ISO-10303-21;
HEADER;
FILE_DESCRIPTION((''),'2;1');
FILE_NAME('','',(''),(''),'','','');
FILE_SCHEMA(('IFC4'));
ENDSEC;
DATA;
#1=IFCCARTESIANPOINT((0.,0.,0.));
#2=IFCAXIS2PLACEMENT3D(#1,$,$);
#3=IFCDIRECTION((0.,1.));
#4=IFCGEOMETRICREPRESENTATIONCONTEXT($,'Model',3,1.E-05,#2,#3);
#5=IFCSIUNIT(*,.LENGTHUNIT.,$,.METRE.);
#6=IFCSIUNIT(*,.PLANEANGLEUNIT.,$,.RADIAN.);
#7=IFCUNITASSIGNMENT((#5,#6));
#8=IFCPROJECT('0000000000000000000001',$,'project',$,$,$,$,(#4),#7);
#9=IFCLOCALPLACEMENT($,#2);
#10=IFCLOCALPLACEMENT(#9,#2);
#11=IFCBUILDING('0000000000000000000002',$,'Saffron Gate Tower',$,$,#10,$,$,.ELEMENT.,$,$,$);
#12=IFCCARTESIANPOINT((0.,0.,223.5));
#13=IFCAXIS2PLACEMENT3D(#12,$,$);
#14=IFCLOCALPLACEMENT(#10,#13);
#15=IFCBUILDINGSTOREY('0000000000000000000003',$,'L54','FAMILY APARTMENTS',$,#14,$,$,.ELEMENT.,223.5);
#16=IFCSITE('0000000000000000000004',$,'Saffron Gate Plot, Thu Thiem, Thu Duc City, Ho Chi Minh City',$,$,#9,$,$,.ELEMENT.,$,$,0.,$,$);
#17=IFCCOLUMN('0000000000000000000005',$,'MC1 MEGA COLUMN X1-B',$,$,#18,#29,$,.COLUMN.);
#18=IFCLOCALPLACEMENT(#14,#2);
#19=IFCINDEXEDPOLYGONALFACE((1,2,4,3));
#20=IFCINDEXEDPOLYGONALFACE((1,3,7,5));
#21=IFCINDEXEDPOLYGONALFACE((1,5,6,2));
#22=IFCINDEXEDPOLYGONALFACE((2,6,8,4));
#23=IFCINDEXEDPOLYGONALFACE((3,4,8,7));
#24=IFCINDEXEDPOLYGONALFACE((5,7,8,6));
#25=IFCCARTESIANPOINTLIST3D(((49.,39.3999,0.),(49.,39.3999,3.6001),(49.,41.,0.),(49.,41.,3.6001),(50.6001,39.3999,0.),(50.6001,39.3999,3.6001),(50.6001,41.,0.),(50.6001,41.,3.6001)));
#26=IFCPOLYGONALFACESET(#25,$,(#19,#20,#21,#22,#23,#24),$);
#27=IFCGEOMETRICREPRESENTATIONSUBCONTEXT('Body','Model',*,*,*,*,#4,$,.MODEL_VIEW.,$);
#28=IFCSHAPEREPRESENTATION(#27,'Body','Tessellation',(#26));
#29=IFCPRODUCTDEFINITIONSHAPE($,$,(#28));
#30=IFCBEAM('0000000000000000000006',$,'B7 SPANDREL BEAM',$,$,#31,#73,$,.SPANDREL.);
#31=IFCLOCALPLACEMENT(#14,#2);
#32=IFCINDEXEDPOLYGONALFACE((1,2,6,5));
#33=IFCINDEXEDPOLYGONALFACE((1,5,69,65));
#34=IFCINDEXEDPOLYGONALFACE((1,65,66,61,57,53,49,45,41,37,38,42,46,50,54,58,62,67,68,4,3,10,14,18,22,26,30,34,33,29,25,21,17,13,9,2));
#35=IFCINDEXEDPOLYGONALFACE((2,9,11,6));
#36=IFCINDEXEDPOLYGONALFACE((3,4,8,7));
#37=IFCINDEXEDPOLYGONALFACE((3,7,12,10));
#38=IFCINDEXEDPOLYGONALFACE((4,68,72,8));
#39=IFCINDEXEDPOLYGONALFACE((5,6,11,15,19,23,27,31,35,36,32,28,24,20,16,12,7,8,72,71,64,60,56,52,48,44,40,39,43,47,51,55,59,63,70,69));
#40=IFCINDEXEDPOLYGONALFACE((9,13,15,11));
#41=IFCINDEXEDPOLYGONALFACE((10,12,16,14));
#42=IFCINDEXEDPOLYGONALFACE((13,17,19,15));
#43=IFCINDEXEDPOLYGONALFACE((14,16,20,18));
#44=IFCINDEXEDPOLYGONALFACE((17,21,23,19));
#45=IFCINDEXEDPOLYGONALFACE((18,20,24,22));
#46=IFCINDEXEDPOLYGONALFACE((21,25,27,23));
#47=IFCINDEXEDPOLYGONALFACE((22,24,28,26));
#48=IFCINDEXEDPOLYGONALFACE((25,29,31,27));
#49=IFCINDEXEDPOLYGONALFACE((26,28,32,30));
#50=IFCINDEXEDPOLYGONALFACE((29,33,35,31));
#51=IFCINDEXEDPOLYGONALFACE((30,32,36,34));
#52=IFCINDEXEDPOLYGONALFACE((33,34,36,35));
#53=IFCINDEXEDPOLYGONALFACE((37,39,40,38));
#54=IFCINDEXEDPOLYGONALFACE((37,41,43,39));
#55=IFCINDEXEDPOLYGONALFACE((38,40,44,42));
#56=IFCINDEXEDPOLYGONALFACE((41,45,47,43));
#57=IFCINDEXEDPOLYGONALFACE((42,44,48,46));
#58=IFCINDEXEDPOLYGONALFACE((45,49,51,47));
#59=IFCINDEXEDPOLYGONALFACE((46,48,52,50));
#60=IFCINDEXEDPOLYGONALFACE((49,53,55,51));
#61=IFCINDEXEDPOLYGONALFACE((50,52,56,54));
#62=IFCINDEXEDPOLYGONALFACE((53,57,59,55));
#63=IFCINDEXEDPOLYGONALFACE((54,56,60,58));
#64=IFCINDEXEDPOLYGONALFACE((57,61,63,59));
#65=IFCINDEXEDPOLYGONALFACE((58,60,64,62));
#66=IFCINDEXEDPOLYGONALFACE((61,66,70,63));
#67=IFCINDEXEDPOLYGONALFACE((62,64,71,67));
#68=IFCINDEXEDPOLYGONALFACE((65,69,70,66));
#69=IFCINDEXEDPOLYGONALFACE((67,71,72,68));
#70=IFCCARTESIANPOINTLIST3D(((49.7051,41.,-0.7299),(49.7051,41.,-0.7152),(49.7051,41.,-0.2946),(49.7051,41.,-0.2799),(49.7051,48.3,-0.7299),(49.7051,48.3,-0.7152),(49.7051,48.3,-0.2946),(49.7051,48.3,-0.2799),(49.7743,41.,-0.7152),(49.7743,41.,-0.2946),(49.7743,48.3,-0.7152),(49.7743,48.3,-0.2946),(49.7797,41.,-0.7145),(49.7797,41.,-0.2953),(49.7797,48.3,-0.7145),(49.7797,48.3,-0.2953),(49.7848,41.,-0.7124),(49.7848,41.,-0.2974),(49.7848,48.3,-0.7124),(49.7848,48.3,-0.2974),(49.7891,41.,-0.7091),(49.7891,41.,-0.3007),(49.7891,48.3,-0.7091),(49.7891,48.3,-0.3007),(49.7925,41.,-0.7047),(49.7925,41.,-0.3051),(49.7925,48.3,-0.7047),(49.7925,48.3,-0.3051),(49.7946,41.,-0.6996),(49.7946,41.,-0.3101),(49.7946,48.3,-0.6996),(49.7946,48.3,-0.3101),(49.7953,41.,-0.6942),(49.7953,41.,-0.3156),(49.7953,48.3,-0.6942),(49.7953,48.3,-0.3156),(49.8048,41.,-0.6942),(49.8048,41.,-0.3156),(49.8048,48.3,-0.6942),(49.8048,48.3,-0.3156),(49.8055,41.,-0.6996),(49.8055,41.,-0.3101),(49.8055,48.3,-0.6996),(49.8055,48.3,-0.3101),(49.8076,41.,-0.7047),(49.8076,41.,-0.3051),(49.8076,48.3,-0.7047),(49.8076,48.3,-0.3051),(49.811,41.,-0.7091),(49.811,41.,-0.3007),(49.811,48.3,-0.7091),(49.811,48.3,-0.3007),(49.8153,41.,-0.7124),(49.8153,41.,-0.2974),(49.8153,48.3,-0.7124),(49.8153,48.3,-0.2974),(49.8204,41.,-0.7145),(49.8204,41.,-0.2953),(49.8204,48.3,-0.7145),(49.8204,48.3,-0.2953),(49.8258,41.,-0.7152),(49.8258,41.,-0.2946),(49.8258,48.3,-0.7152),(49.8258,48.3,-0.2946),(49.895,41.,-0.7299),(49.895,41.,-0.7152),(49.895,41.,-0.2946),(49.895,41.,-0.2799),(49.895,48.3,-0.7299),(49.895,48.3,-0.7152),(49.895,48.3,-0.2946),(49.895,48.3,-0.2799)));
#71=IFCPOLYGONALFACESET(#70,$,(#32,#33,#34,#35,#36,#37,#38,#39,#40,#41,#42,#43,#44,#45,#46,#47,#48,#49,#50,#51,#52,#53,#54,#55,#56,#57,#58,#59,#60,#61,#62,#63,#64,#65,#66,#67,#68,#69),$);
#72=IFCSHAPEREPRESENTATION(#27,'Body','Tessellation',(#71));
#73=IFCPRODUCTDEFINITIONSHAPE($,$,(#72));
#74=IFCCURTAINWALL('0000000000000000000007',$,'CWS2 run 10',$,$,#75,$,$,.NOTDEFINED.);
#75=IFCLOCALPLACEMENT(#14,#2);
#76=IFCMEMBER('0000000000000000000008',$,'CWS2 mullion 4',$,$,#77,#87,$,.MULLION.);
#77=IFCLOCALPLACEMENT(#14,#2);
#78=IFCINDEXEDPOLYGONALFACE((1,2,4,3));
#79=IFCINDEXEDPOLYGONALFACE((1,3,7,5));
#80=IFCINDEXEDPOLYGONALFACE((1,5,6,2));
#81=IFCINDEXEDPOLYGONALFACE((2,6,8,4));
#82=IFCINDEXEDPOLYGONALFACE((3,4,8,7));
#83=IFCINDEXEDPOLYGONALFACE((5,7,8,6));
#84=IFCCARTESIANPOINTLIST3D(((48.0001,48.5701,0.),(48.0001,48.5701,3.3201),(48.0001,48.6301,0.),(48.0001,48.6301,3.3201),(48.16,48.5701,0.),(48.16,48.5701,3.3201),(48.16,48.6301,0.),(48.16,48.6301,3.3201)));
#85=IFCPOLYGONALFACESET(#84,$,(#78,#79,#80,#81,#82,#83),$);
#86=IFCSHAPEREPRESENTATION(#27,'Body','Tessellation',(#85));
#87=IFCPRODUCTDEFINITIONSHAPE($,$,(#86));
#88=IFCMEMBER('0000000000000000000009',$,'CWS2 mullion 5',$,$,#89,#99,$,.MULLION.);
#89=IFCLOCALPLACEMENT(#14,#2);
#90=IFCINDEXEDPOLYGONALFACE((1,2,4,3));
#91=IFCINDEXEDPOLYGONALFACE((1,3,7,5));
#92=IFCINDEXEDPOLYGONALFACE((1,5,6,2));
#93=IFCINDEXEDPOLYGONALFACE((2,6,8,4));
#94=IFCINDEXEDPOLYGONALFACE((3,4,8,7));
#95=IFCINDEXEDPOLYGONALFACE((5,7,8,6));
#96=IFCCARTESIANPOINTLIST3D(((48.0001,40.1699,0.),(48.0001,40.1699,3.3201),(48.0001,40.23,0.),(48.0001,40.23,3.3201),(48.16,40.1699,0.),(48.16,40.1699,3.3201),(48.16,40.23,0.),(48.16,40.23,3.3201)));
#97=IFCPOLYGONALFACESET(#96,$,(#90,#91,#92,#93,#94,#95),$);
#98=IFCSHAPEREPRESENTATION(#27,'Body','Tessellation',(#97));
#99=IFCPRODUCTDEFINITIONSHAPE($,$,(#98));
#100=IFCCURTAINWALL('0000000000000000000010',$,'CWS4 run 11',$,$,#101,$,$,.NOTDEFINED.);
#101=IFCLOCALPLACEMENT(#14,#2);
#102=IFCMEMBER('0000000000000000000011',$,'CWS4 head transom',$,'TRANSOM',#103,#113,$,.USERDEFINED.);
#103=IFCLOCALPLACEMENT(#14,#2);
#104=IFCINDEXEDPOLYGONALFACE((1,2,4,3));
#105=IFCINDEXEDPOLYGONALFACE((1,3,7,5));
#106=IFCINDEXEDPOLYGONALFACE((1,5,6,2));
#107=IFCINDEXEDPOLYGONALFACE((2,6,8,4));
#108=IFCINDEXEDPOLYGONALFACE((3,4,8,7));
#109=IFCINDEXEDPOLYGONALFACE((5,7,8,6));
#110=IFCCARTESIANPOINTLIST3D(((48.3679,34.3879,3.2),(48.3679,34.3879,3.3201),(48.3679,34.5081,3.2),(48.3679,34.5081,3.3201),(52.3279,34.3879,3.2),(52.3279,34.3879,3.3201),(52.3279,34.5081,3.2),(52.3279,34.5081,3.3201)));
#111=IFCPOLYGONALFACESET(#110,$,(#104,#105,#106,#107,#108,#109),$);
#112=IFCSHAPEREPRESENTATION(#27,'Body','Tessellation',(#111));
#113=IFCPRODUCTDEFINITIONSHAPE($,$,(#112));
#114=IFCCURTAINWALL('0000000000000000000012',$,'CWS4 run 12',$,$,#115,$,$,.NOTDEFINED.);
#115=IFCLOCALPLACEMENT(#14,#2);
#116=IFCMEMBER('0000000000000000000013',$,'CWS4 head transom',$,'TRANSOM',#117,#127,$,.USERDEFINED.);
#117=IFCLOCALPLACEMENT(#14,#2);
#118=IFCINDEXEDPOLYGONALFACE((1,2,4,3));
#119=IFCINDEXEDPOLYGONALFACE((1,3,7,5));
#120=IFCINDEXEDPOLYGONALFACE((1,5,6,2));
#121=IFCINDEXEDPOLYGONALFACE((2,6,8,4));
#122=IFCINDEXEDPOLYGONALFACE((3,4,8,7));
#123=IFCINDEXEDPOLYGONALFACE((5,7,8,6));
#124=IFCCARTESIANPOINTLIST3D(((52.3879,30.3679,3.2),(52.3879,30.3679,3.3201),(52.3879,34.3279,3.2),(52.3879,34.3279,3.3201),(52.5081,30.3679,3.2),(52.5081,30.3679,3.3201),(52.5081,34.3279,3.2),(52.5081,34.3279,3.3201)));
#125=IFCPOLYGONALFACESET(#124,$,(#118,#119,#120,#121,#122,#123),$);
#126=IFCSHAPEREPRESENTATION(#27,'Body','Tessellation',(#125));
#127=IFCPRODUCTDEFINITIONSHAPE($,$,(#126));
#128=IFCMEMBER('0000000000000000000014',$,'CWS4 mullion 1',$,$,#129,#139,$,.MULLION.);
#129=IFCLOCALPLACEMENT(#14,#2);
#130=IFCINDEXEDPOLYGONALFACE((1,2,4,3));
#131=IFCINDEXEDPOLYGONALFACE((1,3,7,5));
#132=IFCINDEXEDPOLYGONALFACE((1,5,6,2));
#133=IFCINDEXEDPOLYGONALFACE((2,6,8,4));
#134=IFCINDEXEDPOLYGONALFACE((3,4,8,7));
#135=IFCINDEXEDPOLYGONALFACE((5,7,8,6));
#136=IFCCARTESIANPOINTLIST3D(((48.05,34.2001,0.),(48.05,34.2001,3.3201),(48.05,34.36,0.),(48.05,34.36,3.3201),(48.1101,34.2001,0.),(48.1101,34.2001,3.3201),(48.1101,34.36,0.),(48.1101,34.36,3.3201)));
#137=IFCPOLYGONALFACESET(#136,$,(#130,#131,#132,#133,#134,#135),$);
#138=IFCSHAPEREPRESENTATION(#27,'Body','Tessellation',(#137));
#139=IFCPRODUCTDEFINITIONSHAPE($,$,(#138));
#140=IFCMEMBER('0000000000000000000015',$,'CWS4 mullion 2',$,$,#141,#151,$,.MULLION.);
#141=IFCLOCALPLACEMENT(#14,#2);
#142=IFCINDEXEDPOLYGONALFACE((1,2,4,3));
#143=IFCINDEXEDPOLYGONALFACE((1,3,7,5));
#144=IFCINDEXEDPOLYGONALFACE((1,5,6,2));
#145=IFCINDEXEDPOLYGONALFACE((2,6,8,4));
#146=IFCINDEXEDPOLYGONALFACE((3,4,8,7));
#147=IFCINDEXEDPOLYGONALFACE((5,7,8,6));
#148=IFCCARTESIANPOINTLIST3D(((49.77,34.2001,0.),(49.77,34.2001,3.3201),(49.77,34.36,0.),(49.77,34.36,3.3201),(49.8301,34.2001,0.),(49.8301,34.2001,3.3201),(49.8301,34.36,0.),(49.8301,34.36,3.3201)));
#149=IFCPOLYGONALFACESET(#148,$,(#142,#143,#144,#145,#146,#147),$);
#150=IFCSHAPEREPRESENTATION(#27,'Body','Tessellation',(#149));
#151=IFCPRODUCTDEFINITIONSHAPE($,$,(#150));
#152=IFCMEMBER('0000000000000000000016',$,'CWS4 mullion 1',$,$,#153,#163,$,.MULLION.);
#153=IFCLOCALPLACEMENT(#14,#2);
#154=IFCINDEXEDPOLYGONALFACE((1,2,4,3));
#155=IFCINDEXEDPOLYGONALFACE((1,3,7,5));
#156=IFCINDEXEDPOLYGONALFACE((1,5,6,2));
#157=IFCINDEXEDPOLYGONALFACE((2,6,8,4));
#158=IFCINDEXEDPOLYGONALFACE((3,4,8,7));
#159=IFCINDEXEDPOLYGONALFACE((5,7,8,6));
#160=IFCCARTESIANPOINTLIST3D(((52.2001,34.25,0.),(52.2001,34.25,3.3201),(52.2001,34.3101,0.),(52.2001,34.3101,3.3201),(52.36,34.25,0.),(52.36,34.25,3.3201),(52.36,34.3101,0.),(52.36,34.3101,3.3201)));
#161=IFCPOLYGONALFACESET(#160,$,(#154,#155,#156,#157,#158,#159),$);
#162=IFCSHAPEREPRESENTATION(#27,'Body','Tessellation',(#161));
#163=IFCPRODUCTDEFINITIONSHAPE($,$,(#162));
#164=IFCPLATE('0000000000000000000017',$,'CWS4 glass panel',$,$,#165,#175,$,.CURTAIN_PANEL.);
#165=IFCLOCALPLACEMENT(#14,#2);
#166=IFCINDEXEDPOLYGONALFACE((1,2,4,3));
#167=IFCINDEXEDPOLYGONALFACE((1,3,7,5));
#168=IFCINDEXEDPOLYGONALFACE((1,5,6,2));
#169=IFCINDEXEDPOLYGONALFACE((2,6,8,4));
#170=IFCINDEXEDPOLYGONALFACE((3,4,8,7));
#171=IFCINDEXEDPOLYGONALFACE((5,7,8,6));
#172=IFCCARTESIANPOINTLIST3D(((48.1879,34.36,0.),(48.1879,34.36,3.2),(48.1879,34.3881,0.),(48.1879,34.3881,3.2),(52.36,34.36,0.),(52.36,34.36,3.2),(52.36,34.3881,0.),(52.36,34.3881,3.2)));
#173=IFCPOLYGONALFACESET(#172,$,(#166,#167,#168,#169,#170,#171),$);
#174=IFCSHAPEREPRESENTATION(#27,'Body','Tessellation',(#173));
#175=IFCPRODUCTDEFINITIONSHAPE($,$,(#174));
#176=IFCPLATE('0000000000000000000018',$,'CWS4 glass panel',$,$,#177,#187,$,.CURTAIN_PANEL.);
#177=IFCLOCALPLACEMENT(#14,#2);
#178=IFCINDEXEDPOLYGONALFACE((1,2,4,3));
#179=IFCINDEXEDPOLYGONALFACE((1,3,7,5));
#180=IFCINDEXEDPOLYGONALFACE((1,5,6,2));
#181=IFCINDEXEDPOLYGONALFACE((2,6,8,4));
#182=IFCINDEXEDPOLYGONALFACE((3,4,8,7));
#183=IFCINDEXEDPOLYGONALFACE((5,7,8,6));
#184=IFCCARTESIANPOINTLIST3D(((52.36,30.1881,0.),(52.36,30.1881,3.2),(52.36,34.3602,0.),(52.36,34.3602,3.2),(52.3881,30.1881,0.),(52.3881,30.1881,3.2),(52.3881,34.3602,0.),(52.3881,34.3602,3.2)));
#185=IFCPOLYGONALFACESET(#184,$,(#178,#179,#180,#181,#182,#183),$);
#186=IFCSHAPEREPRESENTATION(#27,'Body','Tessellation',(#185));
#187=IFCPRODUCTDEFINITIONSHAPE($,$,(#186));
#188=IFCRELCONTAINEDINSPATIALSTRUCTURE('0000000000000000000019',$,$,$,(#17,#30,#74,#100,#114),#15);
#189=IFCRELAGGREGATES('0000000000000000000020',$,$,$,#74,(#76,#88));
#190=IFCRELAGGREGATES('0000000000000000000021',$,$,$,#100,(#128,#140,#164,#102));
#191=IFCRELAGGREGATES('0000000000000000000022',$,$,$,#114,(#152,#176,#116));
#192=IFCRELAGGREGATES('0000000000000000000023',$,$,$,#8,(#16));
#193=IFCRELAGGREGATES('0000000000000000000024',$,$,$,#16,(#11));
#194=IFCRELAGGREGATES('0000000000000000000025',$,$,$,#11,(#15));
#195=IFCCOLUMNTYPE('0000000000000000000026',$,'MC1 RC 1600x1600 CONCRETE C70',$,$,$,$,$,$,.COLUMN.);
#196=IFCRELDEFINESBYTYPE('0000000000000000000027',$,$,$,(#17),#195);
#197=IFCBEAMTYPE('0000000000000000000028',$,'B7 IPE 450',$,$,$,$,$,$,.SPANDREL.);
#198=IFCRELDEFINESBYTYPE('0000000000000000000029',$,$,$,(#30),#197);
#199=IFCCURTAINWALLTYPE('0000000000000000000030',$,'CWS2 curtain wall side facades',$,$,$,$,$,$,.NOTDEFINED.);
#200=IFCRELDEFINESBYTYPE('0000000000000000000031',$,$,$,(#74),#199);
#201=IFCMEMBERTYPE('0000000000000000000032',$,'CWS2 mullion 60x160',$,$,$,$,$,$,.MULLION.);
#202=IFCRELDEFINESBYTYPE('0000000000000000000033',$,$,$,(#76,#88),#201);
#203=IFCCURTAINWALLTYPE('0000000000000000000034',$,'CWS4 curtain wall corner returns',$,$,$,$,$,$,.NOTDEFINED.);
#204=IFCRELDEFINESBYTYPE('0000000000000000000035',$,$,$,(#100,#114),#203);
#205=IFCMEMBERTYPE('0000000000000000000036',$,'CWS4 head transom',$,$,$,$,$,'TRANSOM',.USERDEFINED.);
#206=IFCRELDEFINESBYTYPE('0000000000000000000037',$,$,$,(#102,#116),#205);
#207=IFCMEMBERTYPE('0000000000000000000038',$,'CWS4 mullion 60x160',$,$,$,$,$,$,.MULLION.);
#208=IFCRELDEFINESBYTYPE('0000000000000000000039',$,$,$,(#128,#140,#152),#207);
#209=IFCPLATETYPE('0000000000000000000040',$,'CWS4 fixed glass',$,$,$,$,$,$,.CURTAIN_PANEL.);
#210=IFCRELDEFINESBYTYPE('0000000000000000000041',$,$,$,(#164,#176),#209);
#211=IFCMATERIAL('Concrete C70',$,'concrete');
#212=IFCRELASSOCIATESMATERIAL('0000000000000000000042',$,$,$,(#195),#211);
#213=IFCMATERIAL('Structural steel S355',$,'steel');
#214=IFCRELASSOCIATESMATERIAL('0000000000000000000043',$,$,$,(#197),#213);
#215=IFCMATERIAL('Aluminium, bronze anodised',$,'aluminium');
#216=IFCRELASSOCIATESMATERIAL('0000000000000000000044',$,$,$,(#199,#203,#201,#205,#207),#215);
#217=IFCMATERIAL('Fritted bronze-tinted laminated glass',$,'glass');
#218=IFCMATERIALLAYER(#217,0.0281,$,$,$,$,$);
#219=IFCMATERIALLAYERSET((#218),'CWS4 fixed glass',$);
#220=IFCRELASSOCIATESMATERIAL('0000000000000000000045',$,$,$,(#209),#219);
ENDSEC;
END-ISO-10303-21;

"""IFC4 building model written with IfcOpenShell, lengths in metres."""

from ifc_helpers import new_model, si_unit, direction, frame, frame_2d, origin, origin_2d, place, context, subcontext, project, spatial, rectangle, i_section, extrude, material, layer, layer_set, material_profile, profile_set, type_object, element, aggregate, save


model = new_model("IFC4")

# Units and contexts
model_context = context("Model", 3, precision=1e-05, world=origin(), true_north=direction((0.0, 1.0)))
body_context = subcontext(model_context, "Body", "Model", "MODEL_VIEW")
ifc_project = project(units=[si_unit("LENGTHUNIT", "METRE"), si_unit("PLANEANGLEUNIT", "RADIAN")], contexts=[model_context])

# Site, building, storey
site_placement = place(None, origin())
site = spatial("IfcSite", under=ifc_project, at=site_placement, Name="Saffron Gate Plot, Thu Thiem, Thu Duc City, Ho Chi Minh City", CompositionType="ELEMENT", RefElevation=0.0)
building_placement = place(site_placement, origin())
building = spatial("IfcBuilding", under=site, at=building_placement, Name="Saffron Gate Tower", CompositionType="ELEMENT")
storey_placement = place(building_placement, frame((0.0, 0.0, 223.5)))
storey = spatial("IfcBuildingStorey", under=building, at=storey_placement, Name="L54", Description="FAMILY APARTMENTS", CompositionType="ELEMENT", Elevation=223.5)

# Column
ifc_material_1 = material(Name="Concrete C70", Category="concrete")
ifc_material_profile_1 = material_profile(ifc_material_1, rectangle(XDim=1.6001, YDim=1.6001, at=origin_2d()))
ifc_profile_set_1 = profile_set([ifc_material_profile_1], Name="Concrete C70")
column_type = type_object("IfcColumnType", Name="MC1 RC 1600x1600 CONCRETE C70", PredefinedType="COLUMN", material=ifc_profile_set_1)
column_placement = place(storey_placement, frame((49.8, 40.2, 0.0), z_axis=(0.0, 0.0, 1.0), x_axis=(1.0, 0.0, 0.0)))
element("IfcColumn", 1, at=column_placement, inside=storey, type_object=column_type, Name="MC1 MEGA COLUMN X1-B", PredefinedType="COLUMN", context=body_context, shape_type="SweptSolid", body=[
    extrude(rectangle(XDim=1.6001, YDim=1.6001, at=origin_2d()), origin(), (0.0, 0.0, 1.0), 3.6001),
])

# Beam
ifc_material_2 = material(Name="Structural steel S355", Category="steel")
ifc_material_profile_2 = material_profile(ifc_material_2, i_section(OverallWidth=0.1899, OverallDepth=0.45, WebThickness=0.0095, FlangeThickness=0.0146, FilletRadius=0.021, at=origin_2d()))
ifc_profile_set_2 = profile_set([ifc_material_profile_2], Name="Structural steel S355")
beam_type = type_object("IfcBeamType", Name="B7 IPE 450", PredefinedType="SPANDREL", material=ifc_profile_set_2)
beam_placement = place(storey_placement, frame((49.8, 41.0, -0.5049), z_axis=(0.0, 1.0, 0.0), x_axis=(-1.0, 0.0, 0.0)))
element("IfcBeam", 2, at=beam_placement, inside=storey, type_object=beam_type, Name="B7 SPANDREL BEAM", PredefinedType="SPANDREL", context=body_context, shape_type="SweptSolid", body=[
    extrude(i_section(OverallWidth=0.1899, OverallDepth=0.45, WebThickness=0.0095, FlangeThickness=0.0146, FilletRadius=0.021, at=origin_2d()), origin(), (0.0, 0.0, 1.0), 7.3),
])

# Curtain wall, members
ifc_material_3 = material(Name="Aluminium, bronze anodised", Category="aluminium")
curtain_wall_type_1 = type_object("IfcCurtainWallType", Name="CWS2 curtain wall side facades", PredefinedType="NOTDEFINED", material=ifc_material_3)
curtain_wall_1_placement = place(storey_placement, origin())
curtain_wall_1 = element("IfcCurtainWall", 3, at=curtain_wall_1_placement, inside=storey, type_object=curtain_wall_type_1, Name="CWS2 run 10", PredefinedType="NOTDEFINED")
ifc_material_profile_3 = material_profile(ifc_material_3, rectangle(XDim=0.1599, YDim=0.0601, at=origin_2d()))
ifc_profile_set_3 = profile_set([ifc_material_profile_3], Name="Aluminium, bronze anodised")
member_type_1 = type_object("IfcMemberType", Name="CWS2 mullion 60x160", PredefinedType="MULLION", material=ifc_profile_set_3)
member_1_placement = place(storey_placement, frame((48.0801, 48.6001, 0.0), z_axis=(0.0, 0.0, 1.0), x_axis=(1.0, 0.0, 0.0)))
member_1 = element("IfcMember", 4, at=member_1_placement, type_object=member_type_1, Name="CWS2 mullion 4", PredefinedType="MULLION", context=body_context, shape_type="SweptSolid", body=[
    extrude(rectangle(XDim=0.1599, YDim=0.0601, at=origin_2d()), origin(), (0.0, 0.0, 1.0), 3.3201),
])
member_2_placement = place(storey_placement, frame((48.0801, 40.2, 0.0), z_axis=(0.0, 0.0, 1.0), x_axis=(1.0, 0.0, 0.0)))
member_2 = element("IfcMember", 5, at=member_2_placement, type_object=member_type_1, Name="CWS2 mullion 5", PredefinedType="MULLION", context=body_context, shape_type="SweptSolid", body=[
    extrude(rectangle(XDim=0.1599, YDim=0.0601, at=origin_2d()), origin(), (0.0, 0.0, 1.0), 3.3201),
])
aggregate(curtain_wall_1, [member_1, member_2])

# Curtain walls, members
curtain_wall_type_2 = type_object("IfcCurtainWallType", Name="CWS4 curtain wall corner returns", PredefinedType="NOTDEFINED", material=ifc_material_3)
curtain_wall_2_placement = place(storey_placement, origin())
curtain_wall_2 = element("IfcCurtainWall", 6, at=curtain_wall_2_placement, inside=storey, type_object=curtain_wall_type_2, Name="CWS4 run 11", PredefinedType="NOTDEFINED")
ifc_material_profile_4 = material_profile(ifc_material_3, rectangle(XDim=0.1201, YDim=0.1201, at=origin_2d()))
ifc_profile_set_4 = profile_set([ifc_material_profile_4], Name="Aluminium, bronze anodised")
member_type_2 = type_object("IfcMemberType", Name="CWS4 head transom", ElementType="TRANSOM", PredefinedType="USERDEFINED", material=ifc_profile_set_4)
member_3_placement = place(storey_placement, frame((48.3679, 34.448, 3.26), z_axis=(1.0, 0.0, 0.0), x_axis=(0.0, 1.0, 0.0)))
member_3 = element("IfcMember", 7, at=member_3_placement, type_object=member_type_2, Name="CWS4 head transom", ObjectType="TRANSOM", PredefinedType="USERDEFINED", context=body_context, shape_type="SweptSolid", body=[
    extrude(rectangle(XDim=0.1201, YDim=0.1201, at=origin_2d()), origin(), (0.0, 0.0, 1.0), 3.96),
])
curtain_wall_3_placement = place(storey_placement, origin())
curtain_wall_3 = element("IfcCurtainWall", 8, at=curtain_wall_3_placement, inside=storey, type_object=curtain_wall_type_2, Name="CWS4 run 12", PredefinedType="NOTDEFINED")
member_4_placement = place(storey_placement, frame((52.448, 34.3279, 3.26), z_axis=(0.0, -1.0, 0.0), x_axis=(1.0, 0.0, 0.0)))
member_4 = element("IfcMember", 9, at=member_4_placement, type_object=member_type_2, Name="CWS4 head transom", ObjectType="TRANSOM", PredefinedType="USERDEFINED", context=body_context, shape_type="SweptSolid", body=[
    extrude(rectangle(XDim=0.1201, YDim=0.1201, at=origin_2d()), origin(), (0.0, 0.0, 1.0), 3.96),
])

# Members
ifc_material_profile_5 = material_profile(ifc_material_3, rectangle(XDim=0.1599, YDim=0.0601, at=origin_2d()))
ifc_profile_set_5 = profile_set([ifc_material_profile_5], Name="Aluminium, bronze anodised")
member_type_3 = type_object("IfcMemberType", Name="CWS4 mullion 60x160", PredefinedType="MULLION", material=ifc_profile_set_5)
member_5_placement = place(storey_placement, frame((48.0801, 34.28, 0.0), z_axis=(0.0, 0.0, 1.0), x_axis=(0.0, 1.0, 0.0)))
member_5 = element("IfcMember", 10, at=member_5_placement, type_object=member_type_3, Name="CWS4 mullion 1", PredefinedType="MULLION", context=body_context, shape_type="SweptSolid", body=[
    extrude(rectangle(XDim=0.1599, YDim=0.0601, at=origin_2d()), origin(), (0.0, 0.0, 1.0), 3.3201),
])
member_6_placement = place(storey_placement, frame((49.8, 34.28, 0.0), z_axis=(0.0, 0.0, 1.0), x_axis=(0.0, 1.0, 0.0)))
member_6 = element("IfcMember", 11, at=member_6_placement, type_object=member_type_3, Name="CWS4 mullion 2", PredefinedType="MULLION", context=body_context, shape_type="SweptSolid", body=[
    extrude(rectangle(XDim=0.1599, YDim=0.0601, at=origin_2d()), origin(), (0.0, 0.0, 1.0), 3.3201),
])
member_7_placement = place(storey_placement, frame((52.28, 34.28, 0.0), z_axis=(0.0, 0.0, 1.0), x_axis=(1.0, 0.0, 0.0)))
member_7 = element("IfcMember", 12, at=member_7_placement, type_object=member_type_3, Name="CWS4 mullion 1", PredefinedType="MULLION", context=body_context, shape_type="SweptSolid", body=[
    extrude(rectangle(XDim=0.1599, YDim=0.0601, at=origin_2d()), origin(), (0.0, 0.0, 1.0), 3.3201),
])

# Plates
ifc_material_4 = material(Name="Fritted bronze-tinted laminated glass", Category="glass")
ifc_layer_1 = layer(ifc_material_4, 0.0281)
ifc_layer_set_1 = layer_set([ifc_layer_1], Name="CWS4 fixed glass")
plate_type = type_object("IfcPlateType", Name="CWS4 fixed glass", PredefinedType="CURTAIN_PANEL", material=ifc_layer_set_1)
plate_1_placement = place(storey_placement, frame((48.188, 34.374, 0.0), z_axis=(0.0, 0.0, 1.0), x_axis=(1.0, 0.0, 0.0)))
plate_1 = element("IfcPlate", 13, at=plate_1_placement, type_object=plate_type, Name="CWS4 glass panel", PredefinedType="CURTAIN_PANEL", context=body_context, shape_type="SweptSolid", body=[
    extrude(rectangle(XDim=4.1721, YDim=0.0281, at=frame_2d((2.0859, 0.0))), origin(), (0.0, 0.0, 1.0), 3.2),
])
aggregate(curtain_wall_2, [member_5, member_6, plate_1, member_3])
plate_2_placement = place(storey_placement, frame((52.374, 34.3601, 0.0), z_axis=(0.0, 0.0, 1.0), x_axis=(0.0, -1.0, 0.0)))
plate_2 = element("IfcPlate", 14, at=plate_2_placement, type_object=plate_type, Name="CWS4 glass panel", PredefinedType="CURTAIN_PANEL", context=body_context, shape_type="SweptSolid", body=[
    extrude(rectangle(XDim=4.1721, YDim=0.0281, at=frame_2d((2.0859, 0.0))), origin(), (0.0, 0.0, 1.0), 3.2),
])
aggregate(curtain_wall_3, [member_7, plate_2, member_4])

save(model, "model.ifc")
